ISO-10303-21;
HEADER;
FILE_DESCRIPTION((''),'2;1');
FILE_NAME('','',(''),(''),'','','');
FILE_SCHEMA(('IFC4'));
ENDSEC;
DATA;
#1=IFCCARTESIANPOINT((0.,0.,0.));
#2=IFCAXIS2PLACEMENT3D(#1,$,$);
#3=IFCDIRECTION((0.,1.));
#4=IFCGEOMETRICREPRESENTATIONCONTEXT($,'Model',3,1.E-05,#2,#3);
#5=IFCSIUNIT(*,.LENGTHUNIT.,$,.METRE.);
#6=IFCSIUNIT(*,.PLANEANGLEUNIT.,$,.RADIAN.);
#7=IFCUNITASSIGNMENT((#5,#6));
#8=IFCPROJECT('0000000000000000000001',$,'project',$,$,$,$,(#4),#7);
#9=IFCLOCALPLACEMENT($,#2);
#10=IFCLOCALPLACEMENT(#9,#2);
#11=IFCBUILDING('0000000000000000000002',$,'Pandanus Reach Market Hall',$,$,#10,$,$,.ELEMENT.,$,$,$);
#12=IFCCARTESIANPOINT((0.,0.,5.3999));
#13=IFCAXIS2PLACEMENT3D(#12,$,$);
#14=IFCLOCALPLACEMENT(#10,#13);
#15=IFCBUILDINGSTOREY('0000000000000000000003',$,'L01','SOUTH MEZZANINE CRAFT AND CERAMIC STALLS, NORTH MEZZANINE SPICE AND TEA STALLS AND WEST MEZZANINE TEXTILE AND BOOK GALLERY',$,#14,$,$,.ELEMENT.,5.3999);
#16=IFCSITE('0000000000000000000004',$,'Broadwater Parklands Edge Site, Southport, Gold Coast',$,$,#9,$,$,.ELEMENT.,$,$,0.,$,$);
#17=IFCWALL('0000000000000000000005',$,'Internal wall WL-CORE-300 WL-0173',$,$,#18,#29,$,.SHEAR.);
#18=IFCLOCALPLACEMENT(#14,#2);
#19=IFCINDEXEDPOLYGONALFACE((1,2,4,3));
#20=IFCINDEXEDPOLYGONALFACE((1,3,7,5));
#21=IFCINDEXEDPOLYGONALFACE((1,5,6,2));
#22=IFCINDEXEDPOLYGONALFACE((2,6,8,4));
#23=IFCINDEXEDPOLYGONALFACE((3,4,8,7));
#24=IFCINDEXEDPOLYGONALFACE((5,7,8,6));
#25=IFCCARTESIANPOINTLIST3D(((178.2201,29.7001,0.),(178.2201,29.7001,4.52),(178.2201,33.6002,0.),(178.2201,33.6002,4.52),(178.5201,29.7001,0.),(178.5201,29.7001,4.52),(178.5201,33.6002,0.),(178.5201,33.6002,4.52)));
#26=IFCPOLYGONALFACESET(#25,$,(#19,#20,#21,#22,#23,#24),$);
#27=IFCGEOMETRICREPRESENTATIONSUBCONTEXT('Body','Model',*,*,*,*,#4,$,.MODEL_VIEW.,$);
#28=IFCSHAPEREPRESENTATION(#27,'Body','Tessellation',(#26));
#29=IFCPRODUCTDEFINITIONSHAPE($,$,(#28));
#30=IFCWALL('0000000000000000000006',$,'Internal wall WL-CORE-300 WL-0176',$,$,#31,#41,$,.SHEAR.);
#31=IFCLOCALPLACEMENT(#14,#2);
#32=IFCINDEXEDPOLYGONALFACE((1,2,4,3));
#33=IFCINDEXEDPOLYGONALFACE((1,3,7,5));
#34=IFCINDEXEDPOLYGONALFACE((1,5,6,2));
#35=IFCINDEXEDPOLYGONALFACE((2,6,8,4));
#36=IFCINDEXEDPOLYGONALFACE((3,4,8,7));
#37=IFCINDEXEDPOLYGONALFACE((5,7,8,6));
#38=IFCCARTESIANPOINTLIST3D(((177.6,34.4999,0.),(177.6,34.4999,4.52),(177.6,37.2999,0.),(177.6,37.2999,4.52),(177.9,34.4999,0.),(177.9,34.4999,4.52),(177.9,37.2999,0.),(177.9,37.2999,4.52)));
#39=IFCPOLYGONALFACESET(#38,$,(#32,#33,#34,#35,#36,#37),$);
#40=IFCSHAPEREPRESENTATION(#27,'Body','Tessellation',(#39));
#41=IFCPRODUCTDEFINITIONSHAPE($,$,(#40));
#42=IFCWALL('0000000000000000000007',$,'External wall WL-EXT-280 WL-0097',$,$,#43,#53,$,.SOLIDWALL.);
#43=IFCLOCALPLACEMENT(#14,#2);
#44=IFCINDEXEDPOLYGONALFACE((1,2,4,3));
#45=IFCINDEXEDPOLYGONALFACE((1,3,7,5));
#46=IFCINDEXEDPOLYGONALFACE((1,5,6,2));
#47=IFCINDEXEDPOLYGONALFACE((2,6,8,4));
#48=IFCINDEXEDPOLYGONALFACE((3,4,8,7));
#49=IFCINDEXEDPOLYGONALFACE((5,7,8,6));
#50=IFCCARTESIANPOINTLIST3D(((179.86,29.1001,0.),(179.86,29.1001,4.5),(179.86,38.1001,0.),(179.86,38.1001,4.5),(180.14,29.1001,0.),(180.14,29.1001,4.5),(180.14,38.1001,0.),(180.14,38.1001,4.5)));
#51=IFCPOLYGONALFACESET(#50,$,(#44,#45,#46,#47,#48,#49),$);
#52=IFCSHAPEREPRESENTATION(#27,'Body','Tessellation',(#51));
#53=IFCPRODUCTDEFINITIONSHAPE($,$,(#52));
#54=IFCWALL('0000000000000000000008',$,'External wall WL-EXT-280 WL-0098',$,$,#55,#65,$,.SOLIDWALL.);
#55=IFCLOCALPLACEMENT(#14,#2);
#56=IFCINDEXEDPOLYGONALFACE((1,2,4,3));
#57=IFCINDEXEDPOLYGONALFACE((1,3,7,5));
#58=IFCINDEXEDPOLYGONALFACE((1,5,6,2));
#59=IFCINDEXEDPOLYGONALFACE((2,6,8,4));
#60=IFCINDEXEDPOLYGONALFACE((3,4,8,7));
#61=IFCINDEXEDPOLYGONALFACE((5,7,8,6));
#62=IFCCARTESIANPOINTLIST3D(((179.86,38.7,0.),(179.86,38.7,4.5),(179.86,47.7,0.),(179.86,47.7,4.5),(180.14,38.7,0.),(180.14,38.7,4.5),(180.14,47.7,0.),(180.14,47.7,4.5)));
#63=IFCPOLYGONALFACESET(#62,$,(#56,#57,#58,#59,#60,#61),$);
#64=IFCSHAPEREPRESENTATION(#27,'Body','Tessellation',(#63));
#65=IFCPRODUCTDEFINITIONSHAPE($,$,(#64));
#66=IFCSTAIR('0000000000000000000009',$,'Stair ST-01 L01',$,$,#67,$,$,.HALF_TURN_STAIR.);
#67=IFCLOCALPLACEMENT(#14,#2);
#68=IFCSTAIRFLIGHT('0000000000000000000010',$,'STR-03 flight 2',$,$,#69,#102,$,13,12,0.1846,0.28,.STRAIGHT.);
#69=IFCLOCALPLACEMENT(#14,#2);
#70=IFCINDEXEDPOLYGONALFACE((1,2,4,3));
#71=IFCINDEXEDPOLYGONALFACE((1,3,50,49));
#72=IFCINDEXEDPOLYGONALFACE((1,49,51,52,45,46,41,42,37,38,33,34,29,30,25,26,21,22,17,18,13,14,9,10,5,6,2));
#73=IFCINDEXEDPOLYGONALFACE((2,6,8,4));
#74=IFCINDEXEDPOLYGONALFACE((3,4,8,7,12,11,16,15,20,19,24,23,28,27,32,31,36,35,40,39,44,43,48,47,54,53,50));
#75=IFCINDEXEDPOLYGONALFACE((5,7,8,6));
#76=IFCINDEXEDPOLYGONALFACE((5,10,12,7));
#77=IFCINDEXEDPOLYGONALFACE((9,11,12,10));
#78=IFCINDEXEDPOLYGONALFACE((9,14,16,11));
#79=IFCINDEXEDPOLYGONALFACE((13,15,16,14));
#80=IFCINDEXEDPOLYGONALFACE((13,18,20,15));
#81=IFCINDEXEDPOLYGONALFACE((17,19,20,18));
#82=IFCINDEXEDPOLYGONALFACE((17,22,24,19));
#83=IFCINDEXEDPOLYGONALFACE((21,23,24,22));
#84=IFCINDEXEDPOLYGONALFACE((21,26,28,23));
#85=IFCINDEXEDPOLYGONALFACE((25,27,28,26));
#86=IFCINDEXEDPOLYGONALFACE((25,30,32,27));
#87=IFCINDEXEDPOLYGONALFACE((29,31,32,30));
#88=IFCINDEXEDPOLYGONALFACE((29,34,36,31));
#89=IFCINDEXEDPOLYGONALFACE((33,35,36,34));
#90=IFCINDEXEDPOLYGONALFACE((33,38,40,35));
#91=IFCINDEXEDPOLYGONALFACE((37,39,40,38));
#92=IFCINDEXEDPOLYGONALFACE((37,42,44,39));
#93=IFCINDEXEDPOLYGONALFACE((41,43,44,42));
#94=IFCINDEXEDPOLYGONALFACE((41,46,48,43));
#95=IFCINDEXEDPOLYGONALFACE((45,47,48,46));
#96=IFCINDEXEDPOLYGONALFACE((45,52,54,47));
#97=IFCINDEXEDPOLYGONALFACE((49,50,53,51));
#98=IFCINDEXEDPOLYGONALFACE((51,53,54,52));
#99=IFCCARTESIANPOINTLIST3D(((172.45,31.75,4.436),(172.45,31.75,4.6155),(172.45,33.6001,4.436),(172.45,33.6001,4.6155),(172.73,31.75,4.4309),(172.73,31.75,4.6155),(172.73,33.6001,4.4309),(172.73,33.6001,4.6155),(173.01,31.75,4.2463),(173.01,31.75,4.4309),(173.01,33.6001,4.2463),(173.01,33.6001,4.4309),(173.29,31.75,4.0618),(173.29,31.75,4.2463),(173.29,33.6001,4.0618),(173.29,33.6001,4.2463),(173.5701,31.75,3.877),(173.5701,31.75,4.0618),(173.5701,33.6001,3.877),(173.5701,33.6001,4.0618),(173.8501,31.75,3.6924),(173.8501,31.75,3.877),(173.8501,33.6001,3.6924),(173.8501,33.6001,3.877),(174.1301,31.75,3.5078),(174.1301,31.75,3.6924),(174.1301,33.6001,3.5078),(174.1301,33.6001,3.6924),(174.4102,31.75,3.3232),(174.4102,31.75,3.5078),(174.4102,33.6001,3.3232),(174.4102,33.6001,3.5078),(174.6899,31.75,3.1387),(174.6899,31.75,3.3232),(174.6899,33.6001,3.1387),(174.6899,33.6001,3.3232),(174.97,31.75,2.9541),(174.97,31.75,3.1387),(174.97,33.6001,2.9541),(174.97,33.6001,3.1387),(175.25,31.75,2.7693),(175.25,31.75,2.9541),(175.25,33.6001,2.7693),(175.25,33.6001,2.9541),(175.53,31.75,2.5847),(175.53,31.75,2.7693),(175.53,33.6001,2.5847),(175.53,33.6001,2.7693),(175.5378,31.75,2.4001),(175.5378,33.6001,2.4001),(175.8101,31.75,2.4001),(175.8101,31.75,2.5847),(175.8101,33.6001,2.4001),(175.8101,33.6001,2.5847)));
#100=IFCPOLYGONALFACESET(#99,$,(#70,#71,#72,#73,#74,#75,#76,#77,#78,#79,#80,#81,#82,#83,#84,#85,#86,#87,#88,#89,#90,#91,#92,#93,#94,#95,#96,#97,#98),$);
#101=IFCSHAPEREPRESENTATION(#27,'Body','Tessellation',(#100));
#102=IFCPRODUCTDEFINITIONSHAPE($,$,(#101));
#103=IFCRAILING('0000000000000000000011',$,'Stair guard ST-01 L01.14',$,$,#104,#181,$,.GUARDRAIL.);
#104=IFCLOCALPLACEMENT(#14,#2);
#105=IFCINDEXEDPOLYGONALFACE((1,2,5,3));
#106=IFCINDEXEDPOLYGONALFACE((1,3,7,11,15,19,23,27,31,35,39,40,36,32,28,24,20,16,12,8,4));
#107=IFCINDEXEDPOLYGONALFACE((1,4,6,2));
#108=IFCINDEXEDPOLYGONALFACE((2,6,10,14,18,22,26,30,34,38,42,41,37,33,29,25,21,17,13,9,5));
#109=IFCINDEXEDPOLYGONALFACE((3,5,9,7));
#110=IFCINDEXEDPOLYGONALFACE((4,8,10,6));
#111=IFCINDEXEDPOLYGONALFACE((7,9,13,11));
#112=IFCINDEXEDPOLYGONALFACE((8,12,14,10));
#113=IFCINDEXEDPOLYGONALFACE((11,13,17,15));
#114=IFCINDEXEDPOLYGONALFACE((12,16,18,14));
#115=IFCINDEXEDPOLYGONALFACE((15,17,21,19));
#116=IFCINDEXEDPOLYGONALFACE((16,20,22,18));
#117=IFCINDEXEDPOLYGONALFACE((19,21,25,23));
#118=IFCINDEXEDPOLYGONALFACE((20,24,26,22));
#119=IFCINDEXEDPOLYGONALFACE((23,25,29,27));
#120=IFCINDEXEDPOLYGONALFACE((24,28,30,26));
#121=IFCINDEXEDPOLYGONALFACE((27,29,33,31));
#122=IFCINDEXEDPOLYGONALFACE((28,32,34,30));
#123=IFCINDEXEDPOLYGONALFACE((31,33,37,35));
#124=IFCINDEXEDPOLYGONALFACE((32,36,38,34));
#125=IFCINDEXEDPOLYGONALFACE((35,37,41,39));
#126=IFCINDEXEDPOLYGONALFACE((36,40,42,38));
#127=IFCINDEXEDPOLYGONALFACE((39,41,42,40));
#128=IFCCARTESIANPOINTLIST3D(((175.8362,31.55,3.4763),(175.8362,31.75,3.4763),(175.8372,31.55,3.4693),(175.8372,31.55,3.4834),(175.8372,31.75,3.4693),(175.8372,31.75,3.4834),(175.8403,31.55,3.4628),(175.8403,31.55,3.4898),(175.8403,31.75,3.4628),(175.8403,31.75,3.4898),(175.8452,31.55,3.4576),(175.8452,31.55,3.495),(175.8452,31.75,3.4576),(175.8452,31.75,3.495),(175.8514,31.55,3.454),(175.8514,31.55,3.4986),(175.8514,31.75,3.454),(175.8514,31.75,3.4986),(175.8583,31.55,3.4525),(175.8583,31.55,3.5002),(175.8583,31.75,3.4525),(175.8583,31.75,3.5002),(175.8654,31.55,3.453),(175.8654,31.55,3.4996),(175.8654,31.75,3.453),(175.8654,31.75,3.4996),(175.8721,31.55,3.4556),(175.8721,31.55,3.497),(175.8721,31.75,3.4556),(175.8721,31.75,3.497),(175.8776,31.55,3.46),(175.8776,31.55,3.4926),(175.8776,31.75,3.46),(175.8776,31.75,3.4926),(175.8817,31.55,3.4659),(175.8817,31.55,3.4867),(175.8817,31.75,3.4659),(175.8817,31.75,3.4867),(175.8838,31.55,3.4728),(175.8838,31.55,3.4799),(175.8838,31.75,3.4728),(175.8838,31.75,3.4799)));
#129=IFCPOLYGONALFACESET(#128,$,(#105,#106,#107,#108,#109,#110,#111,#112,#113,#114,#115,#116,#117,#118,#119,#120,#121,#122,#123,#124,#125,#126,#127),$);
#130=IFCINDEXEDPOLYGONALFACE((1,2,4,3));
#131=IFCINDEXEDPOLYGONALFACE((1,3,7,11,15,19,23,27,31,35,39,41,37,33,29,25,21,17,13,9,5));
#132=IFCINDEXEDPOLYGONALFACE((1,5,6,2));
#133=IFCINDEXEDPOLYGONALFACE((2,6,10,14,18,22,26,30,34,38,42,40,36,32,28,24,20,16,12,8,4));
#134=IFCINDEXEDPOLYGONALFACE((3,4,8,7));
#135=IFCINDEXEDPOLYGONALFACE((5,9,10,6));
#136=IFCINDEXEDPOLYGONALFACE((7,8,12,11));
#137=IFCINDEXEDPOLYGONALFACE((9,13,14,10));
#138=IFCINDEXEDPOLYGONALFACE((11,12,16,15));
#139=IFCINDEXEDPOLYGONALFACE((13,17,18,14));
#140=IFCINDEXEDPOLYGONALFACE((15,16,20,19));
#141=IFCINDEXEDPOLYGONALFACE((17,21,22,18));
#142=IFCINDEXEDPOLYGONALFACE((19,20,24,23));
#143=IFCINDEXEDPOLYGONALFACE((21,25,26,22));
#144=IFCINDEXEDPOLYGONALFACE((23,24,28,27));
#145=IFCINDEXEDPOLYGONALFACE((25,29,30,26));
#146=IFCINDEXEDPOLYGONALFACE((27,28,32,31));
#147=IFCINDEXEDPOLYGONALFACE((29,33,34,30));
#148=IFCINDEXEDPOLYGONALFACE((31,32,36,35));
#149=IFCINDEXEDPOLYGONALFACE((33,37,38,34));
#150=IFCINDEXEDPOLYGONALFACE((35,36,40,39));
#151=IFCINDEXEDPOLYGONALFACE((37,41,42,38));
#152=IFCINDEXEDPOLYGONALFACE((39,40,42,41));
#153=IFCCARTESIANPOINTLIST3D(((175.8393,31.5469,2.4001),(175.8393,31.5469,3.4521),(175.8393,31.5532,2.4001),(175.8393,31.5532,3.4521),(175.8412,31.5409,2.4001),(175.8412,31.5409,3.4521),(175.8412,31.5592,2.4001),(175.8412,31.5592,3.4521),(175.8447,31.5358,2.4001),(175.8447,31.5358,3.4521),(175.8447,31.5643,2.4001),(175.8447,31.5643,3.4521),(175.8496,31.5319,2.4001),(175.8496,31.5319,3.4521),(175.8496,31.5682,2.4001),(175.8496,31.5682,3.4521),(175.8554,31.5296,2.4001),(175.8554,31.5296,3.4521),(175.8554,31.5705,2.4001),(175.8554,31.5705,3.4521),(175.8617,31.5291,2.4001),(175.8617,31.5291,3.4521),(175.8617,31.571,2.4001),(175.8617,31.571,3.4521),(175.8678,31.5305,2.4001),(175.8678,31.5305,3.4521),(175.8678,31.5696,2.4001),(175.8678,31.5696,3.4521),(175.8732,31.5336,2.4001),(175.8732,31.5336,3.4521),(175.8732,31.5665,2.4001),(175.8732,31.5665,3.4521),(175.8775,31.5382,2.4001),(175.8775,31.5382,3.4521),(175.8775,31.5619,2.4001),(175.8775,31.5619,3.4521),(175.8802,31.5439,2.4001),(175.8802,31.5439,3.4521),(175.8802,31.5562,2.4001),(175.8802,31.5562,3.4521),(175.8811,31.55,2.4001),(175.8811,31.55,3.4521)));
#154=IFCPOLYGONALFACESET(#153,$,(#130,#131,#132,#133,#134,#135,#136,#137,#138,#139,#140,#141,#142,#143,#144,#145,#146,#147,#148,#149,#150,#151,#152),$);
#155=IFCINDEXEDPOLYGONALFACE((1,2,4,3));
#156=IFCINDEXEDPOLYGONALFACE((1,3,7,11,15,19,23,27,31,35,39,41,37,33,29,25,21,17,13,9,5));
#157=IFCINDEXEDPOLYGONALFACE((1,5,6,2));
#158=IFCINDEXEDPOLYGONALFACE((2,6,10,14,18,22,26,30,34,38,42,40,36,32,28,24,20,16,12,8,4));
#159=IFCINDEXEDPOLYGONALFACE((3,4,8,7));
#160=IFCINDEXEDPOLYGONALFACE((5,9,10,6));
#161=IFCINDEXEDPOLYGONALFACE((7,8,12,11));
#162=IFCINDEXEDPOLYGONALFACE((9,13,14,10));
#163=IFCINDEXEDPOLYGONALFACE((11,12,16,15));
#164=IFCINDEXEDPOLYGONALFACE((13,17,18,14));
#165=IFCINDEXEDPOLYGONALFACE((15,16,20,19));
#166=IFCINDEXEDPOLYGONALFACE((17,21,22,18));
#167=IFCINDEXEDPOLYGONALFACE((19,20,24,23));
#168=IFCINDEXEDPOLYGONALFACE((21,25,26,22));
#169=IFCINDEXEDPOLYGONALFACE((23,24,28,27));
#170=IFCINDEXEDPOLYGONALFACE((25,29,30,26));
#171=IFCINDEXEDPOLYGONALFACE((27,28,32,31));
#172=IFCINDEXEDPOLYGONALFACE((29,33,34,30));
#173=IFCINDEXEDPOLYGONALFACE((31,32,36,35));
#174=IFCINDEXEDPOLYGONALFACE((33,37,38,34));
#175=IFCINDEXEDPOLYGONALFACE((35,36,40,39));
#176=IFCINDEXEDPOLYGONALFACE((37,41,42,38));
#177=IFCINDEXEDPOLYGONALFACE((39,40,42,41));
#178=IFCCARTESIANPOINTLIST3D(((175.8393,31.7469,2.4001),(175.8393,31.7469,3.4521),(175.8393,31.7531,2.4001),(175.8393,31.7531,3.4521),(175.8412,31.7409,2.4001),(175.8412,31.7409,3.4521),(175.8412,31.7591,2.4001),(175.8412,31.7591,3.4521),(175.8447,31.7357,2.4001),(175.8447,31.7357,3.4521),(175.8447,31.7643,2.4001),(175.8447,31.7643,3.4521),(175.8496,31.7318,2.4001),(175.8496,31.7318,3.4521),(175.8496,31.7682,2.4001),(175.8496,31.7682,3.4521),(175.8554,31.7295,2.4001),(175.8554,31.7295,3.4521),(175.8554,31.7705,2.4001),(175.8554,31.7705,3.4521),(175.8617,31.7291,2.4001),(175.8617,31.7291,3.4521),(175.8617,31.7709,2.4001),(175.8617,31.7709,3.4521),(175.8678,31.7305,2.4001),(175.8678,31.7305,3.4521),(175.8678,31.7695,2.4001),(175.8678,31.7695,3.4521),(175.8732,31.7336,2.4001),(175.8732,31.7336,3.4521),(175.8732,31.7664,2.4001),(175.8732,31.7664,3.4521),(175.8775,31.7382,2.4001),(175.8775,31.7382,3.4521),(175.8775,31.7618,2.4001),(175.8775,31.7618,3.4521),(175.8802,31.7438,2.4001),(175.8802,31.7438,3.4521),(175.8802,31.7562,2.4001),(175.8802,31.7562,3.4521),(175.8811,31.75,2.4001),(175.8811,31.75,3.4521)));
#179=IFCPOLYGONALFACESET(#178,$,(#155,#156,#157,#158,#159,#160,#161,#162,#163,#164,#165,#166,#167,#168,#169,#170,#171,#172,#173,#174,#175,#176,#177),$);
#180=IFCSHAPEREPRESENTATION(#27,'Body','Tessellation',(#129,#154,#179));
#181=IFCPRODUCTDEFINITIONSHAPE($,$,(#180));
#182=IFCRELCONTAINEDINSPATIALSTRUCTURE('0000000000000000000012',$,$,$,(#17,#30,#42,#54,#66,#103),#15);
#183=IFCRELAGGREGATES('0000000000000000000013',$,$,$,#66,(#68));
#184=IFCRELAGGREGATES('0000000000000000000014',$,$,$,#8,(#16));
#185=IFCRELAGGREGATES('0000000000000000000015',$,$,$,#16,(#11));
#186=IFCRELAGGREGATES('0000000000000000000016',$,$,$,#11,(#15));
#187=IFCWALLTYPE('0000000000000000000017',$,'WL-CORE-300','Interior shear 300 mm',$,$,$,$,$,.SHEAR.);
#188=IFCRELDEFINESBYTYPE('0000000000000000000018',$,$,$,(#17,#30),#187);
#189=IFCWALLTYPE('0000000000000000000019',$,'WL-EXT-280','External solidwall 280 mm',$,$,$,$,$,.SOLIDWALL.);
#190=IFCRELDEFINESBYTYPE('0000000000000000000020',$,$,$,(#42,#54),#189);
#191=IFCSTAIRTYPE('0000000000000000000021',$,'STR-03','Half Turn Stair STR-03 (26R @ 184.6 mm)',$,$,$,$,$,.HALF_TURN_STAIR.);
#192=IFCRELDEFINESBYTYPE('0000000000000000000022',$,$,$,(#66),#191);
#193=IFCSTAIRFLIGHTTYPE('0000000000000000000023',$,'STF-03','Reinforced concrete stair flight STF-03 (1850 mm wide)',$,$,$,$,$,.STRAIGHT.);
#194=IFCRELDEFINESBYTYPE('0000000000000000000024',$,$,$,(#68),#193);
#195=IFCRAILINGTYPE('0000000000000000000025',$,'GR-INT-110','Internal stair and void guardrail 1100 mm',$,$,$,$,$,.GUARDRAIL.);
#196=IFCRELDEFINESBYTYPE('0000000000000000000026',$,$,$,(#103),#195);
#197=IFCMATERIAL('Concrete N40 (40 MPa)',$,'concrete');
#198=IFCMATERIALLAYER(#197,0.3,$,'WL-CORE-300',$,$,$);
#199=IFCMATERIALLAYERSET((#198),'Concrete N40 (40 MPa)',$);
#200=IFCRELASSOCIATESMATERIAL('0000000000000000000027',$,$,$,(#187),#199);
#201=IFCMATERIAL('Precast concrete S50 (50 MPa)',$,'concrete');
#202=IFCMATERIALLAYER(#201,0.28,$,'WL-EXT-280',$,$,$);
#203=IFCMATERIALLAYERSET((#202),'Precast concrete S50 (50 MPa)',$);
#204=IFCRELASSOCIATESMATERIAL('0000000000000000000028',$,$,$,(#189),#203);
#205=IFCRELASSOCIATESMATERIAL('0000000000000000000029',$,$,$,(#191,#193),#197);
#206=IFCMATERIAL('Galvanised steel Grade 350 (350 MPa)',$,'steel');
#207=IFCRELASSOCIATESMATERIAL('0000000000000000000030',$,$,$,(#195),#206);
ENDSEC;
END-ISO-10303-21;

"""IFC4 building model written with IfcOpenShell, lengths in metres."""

from ifc_helpers import new_model, si_unit, direction, frame, frame_2d, origin, origin_2d, place, context, subcontext, project, spatial, polyline, rectangle, circle, outline, extrude, material, layer, layer_set, type_object, element, aggregate, save


model = new_model("IFC4")

# Units and contexts
model_context = context("Model", 3, precision=1e-05, world=origin(), true_north=direction((0.0, 1.0)))
body_context = subcontext(model_context, "Body", "Model", "MODEL_VIEW")
ifc_project = project(units=[si_unit("LENGTHUNIT", "METRE"), si_unit("PLANEANGLEUNIT", "RADIAN")], contexts=[model_context])

# Site, building, storey
site_placement = place(None, origin())
site = spatial("IfcSite", under=ifc_project, at=site_placement, Name="Broadwater Parklands Edge Site, Southport, Gold Coast", CompositionType="ELEMENT", RefElevation=0.0)
building_placement = place(site_placement, origin())
building = spatial("IfcBuilding", under=site, at=building_placement, Name="Pandanus Reach Market Hall", CompositionType="ELEMENT")
storey_placement = place(building_placement, frame((0.0, 0.0, 5.3999)))
storey = spatial("IfcBuildingStorey", under=building, at=storey_placement, Name="L01", Description="SOUTH MEZZANINE CRAFT AND CERAMIC STALLS, NORTH MEZZANINE SPICE AND TEA STALLS AND WEST MEZZANINE TEXTILE AND BOOK GALLERY", CompositionType="ELEMENT", Elevation=5.3999)

# Shared definitions
ifc_material_1 = material(Name="Concrete N40 (40 MPa)", Category="concrete")

# Walls
ifc_layer_1 = layer(ifc_material_1, 0.3, Name="WL-CORE-300")
ifc_layer_set_1 = layer_set([ifc_layer_1], Name="Concrete N40 (40 MPa)")
wall_type_1 = type_object("IfcWallType", Name="WL-CORE-300", Description="Interior shear 300 mm", PredefinedType="SHEAR", material=ifc_layer_set_1)
wall_1_placement = place(storey_placement, frame((178.3701, 29.7, 0.0), z_axis=(0.0, 0.0, 1.0), x_axis=(0.0, 1.0, 0.0)))
element("IfcWall", 1, at=wall_1_placement, inside=storey, type_object=wall_type_1, Name="Internal wall WL-CORE-300 WL-0173", PredefinedType="SHEAR", context=body_context, shape_type="SweptSolid", body=[
    extrude(rectangle(XDim=3.9001, YDim=0.3, at=frame_2d((1.9502, 0.0))), origin(), (0.0, 0.0, 1.0), 4.52),
])
wall_2_placement = place(storey_placement, frame((177.75, 34.5, 0.0), z_axis=(0.0, 0.0, 1.0), x_axis=(0.0, 1.0, 0.0)))
element("IfcWall", 2, at=wall_2_placement, inside=storey, type_object=wall_type_1, Name="Internal wall WL-CORE-300 WL-0176", PredefinedType="SHEAR", context=body_context, shape_type="SweptSolid", body=[
    extrude(rectangle(XDim=2.8, YDim=0.3, at=frame_2d((1.3999, 0.0))), origin(), (0.0, 0.0, 1.0), 4.52),
])
ifc_material_2 = material(Name="Precast concrete S50 (50 MPa)", Category="concrete")
ifc_layer_2 = layer(ifc_material_2, 0.28, Name="WL-EXT-280")
ifc_layer_set_2 = layer_set([ifc_layer_2], Name="Precast concrete S50 (50 MPa)")
wall_type_2 = type_object("IfcWallType", Name="WL-EXT-280", Description="External solidwall 280 mm", PredefinedType="SOLIDWALL", material=ifc_layer_set_2)
for number, where, z_axis, x_axis, name in (
    (3, (180.0, 29.1001, 0.0), (0.0, 0.0, 1.0), (0.0, 1.0, 0.0), "External wall WL-EXT-280 WL-0097"),
    (4, (180.0, 38.7, 0.0), (0.0, 0.0, 1.0), (0.0, 1.0, 0.0), "External wall WL-EXT-280 WL-0098"),
):
    element("IfcWall", number, at=place(storey_placement, frame(where, z_axis=z_axis, x_axis=x_axis)), inside=storey, type_object=wall_type_2, Name=name, PredefinedType="SOLIDWALL", context=body_context, shape_type="SweptSolid", body=[
        extrude(rectangle(XDim=9.0, YDim=0.28, at=frame_2d((4.5, 0.0))), origin(), (0.0, 0.0, 1.0), 4.5),
    ])

# Stair, stair flight
stair_type = type_object("IfcStairType", Name="STR-03", Description="Half Turn Stair STR-03 (26R @ 184.6 mm)", PredefinedType="HALF_TURN_STAIR", material=ifc_material_1)
stair_placement = place(storey_placement, origin())
stair = element("IfcStair", 5, at=stair_placement, inside=storey, type_object=stair_type, Name="Stair ST-01 L01", PredefinedType="HALF_TURN_STAIR")
stair_flight_type = type_object("IfcStairFlightType", Name="STF-03", Description="Reinforced concrete stair flight STF-03 (1850 mm wide)", PredefinedType="STRAIGHT", material=ifc_material_1)
stair_flight_placement = place(storey_placement, frame((175.8101, 32.675, 2.4001), z_axis=(0.0, 0.0, 1.0), x_axis=(-1.0, 0.0, 0.0)))
stair_flight = element("IfcStairFlight", 6, at=stair_flight_placement, type_object=stair_flight_type, Name="STR-03 flight 2", NumberOfRisers=13, NumberOfTreads=12, PredefinedType="STRAIGHT", RiserHeight=0.1846, TreadLength=0.28, context=body_context, shape_type="SweptSolid", body=[
    extrude(outline(polyline([(0.0, 0.0), (0.0, 0.1846), (0.28, 0.1846), (0.28, 0.3691), (0.5601, 0.3691), (0.5601, 0.554), (0.8401, 0.554), (0.8401, 0.7385), (1.1201, 0.7385), (1.1201, 0.9231), (1.3999, 0.9231), (1.3999, 1.1077), (1.6799, 1.1077), (1.6799, 1.2922), (1.96, 1.2922), (1.96, 1.4768), (2.24, 1.4768), (2.24, 1.6616), (2.52, 1.6616), (2.52, 1.8462), (2.8, 1.8462), (2.8, 2.0308), (3.0801, 2.0308), (3.0801, 2.2153), (3.3601, 2.2153), (3.3601, 2.3999), (3.3601, 2.0359), (0.2722, 0.0), (0.0, 0.0)])), frame((0.0, 0.925, 0.0), z_axis=(0.0, -1.0, 0.0), x_axis=(1.0, 0.0, 0.0)), (0.0, 0.0, 1.0), 1.8501),
])
aggregate(stair, [stair_flight])

# Railing
ifc_material_3 = material(Name="Galvanised steel Grade 350 (350 MPa)", Category="steel")
railing_type_1 = type_object("IfcRailingType", Name="GR-INT-110", Description="Internal stair and void guardrail 1100 mm", PredefinedType="GUARDRAIL", material=ifc_material_3)
railing_1_placement = place(storey_placement, frame((175.8601, 31.55, 2.4001)))
element("IfcRailing", 7, at=railing_1_placement, inside=storey, type_object=railing_type_1, Name="Stair guard ST-01 L01.14", PredefinedType="GUARDRAIL", context=body_context, shape_type="SweptSolid", body=[
    extrude(circle(Radius=0.0239, at=origin_2d()), frame((0.0, 0.0, 1.0762), z_axis=(0.0, 1.0, 0.0), x_axis=(-1.0, 0.0, 0.0)), (0.0, 0.0, 1.0), 0.2),
    extrude(circle(Radius=0.021, at=origin_2d()), origin(), (0.0, 0.0, 1.0), 1.052),
    extrude(circle(Radius=0.021, at=origin_2d()), frame((0.0, 0.2, 0.0)), (0.0, 0.0, 1.0), 1.052),
])

save(model, "model.ifc")
